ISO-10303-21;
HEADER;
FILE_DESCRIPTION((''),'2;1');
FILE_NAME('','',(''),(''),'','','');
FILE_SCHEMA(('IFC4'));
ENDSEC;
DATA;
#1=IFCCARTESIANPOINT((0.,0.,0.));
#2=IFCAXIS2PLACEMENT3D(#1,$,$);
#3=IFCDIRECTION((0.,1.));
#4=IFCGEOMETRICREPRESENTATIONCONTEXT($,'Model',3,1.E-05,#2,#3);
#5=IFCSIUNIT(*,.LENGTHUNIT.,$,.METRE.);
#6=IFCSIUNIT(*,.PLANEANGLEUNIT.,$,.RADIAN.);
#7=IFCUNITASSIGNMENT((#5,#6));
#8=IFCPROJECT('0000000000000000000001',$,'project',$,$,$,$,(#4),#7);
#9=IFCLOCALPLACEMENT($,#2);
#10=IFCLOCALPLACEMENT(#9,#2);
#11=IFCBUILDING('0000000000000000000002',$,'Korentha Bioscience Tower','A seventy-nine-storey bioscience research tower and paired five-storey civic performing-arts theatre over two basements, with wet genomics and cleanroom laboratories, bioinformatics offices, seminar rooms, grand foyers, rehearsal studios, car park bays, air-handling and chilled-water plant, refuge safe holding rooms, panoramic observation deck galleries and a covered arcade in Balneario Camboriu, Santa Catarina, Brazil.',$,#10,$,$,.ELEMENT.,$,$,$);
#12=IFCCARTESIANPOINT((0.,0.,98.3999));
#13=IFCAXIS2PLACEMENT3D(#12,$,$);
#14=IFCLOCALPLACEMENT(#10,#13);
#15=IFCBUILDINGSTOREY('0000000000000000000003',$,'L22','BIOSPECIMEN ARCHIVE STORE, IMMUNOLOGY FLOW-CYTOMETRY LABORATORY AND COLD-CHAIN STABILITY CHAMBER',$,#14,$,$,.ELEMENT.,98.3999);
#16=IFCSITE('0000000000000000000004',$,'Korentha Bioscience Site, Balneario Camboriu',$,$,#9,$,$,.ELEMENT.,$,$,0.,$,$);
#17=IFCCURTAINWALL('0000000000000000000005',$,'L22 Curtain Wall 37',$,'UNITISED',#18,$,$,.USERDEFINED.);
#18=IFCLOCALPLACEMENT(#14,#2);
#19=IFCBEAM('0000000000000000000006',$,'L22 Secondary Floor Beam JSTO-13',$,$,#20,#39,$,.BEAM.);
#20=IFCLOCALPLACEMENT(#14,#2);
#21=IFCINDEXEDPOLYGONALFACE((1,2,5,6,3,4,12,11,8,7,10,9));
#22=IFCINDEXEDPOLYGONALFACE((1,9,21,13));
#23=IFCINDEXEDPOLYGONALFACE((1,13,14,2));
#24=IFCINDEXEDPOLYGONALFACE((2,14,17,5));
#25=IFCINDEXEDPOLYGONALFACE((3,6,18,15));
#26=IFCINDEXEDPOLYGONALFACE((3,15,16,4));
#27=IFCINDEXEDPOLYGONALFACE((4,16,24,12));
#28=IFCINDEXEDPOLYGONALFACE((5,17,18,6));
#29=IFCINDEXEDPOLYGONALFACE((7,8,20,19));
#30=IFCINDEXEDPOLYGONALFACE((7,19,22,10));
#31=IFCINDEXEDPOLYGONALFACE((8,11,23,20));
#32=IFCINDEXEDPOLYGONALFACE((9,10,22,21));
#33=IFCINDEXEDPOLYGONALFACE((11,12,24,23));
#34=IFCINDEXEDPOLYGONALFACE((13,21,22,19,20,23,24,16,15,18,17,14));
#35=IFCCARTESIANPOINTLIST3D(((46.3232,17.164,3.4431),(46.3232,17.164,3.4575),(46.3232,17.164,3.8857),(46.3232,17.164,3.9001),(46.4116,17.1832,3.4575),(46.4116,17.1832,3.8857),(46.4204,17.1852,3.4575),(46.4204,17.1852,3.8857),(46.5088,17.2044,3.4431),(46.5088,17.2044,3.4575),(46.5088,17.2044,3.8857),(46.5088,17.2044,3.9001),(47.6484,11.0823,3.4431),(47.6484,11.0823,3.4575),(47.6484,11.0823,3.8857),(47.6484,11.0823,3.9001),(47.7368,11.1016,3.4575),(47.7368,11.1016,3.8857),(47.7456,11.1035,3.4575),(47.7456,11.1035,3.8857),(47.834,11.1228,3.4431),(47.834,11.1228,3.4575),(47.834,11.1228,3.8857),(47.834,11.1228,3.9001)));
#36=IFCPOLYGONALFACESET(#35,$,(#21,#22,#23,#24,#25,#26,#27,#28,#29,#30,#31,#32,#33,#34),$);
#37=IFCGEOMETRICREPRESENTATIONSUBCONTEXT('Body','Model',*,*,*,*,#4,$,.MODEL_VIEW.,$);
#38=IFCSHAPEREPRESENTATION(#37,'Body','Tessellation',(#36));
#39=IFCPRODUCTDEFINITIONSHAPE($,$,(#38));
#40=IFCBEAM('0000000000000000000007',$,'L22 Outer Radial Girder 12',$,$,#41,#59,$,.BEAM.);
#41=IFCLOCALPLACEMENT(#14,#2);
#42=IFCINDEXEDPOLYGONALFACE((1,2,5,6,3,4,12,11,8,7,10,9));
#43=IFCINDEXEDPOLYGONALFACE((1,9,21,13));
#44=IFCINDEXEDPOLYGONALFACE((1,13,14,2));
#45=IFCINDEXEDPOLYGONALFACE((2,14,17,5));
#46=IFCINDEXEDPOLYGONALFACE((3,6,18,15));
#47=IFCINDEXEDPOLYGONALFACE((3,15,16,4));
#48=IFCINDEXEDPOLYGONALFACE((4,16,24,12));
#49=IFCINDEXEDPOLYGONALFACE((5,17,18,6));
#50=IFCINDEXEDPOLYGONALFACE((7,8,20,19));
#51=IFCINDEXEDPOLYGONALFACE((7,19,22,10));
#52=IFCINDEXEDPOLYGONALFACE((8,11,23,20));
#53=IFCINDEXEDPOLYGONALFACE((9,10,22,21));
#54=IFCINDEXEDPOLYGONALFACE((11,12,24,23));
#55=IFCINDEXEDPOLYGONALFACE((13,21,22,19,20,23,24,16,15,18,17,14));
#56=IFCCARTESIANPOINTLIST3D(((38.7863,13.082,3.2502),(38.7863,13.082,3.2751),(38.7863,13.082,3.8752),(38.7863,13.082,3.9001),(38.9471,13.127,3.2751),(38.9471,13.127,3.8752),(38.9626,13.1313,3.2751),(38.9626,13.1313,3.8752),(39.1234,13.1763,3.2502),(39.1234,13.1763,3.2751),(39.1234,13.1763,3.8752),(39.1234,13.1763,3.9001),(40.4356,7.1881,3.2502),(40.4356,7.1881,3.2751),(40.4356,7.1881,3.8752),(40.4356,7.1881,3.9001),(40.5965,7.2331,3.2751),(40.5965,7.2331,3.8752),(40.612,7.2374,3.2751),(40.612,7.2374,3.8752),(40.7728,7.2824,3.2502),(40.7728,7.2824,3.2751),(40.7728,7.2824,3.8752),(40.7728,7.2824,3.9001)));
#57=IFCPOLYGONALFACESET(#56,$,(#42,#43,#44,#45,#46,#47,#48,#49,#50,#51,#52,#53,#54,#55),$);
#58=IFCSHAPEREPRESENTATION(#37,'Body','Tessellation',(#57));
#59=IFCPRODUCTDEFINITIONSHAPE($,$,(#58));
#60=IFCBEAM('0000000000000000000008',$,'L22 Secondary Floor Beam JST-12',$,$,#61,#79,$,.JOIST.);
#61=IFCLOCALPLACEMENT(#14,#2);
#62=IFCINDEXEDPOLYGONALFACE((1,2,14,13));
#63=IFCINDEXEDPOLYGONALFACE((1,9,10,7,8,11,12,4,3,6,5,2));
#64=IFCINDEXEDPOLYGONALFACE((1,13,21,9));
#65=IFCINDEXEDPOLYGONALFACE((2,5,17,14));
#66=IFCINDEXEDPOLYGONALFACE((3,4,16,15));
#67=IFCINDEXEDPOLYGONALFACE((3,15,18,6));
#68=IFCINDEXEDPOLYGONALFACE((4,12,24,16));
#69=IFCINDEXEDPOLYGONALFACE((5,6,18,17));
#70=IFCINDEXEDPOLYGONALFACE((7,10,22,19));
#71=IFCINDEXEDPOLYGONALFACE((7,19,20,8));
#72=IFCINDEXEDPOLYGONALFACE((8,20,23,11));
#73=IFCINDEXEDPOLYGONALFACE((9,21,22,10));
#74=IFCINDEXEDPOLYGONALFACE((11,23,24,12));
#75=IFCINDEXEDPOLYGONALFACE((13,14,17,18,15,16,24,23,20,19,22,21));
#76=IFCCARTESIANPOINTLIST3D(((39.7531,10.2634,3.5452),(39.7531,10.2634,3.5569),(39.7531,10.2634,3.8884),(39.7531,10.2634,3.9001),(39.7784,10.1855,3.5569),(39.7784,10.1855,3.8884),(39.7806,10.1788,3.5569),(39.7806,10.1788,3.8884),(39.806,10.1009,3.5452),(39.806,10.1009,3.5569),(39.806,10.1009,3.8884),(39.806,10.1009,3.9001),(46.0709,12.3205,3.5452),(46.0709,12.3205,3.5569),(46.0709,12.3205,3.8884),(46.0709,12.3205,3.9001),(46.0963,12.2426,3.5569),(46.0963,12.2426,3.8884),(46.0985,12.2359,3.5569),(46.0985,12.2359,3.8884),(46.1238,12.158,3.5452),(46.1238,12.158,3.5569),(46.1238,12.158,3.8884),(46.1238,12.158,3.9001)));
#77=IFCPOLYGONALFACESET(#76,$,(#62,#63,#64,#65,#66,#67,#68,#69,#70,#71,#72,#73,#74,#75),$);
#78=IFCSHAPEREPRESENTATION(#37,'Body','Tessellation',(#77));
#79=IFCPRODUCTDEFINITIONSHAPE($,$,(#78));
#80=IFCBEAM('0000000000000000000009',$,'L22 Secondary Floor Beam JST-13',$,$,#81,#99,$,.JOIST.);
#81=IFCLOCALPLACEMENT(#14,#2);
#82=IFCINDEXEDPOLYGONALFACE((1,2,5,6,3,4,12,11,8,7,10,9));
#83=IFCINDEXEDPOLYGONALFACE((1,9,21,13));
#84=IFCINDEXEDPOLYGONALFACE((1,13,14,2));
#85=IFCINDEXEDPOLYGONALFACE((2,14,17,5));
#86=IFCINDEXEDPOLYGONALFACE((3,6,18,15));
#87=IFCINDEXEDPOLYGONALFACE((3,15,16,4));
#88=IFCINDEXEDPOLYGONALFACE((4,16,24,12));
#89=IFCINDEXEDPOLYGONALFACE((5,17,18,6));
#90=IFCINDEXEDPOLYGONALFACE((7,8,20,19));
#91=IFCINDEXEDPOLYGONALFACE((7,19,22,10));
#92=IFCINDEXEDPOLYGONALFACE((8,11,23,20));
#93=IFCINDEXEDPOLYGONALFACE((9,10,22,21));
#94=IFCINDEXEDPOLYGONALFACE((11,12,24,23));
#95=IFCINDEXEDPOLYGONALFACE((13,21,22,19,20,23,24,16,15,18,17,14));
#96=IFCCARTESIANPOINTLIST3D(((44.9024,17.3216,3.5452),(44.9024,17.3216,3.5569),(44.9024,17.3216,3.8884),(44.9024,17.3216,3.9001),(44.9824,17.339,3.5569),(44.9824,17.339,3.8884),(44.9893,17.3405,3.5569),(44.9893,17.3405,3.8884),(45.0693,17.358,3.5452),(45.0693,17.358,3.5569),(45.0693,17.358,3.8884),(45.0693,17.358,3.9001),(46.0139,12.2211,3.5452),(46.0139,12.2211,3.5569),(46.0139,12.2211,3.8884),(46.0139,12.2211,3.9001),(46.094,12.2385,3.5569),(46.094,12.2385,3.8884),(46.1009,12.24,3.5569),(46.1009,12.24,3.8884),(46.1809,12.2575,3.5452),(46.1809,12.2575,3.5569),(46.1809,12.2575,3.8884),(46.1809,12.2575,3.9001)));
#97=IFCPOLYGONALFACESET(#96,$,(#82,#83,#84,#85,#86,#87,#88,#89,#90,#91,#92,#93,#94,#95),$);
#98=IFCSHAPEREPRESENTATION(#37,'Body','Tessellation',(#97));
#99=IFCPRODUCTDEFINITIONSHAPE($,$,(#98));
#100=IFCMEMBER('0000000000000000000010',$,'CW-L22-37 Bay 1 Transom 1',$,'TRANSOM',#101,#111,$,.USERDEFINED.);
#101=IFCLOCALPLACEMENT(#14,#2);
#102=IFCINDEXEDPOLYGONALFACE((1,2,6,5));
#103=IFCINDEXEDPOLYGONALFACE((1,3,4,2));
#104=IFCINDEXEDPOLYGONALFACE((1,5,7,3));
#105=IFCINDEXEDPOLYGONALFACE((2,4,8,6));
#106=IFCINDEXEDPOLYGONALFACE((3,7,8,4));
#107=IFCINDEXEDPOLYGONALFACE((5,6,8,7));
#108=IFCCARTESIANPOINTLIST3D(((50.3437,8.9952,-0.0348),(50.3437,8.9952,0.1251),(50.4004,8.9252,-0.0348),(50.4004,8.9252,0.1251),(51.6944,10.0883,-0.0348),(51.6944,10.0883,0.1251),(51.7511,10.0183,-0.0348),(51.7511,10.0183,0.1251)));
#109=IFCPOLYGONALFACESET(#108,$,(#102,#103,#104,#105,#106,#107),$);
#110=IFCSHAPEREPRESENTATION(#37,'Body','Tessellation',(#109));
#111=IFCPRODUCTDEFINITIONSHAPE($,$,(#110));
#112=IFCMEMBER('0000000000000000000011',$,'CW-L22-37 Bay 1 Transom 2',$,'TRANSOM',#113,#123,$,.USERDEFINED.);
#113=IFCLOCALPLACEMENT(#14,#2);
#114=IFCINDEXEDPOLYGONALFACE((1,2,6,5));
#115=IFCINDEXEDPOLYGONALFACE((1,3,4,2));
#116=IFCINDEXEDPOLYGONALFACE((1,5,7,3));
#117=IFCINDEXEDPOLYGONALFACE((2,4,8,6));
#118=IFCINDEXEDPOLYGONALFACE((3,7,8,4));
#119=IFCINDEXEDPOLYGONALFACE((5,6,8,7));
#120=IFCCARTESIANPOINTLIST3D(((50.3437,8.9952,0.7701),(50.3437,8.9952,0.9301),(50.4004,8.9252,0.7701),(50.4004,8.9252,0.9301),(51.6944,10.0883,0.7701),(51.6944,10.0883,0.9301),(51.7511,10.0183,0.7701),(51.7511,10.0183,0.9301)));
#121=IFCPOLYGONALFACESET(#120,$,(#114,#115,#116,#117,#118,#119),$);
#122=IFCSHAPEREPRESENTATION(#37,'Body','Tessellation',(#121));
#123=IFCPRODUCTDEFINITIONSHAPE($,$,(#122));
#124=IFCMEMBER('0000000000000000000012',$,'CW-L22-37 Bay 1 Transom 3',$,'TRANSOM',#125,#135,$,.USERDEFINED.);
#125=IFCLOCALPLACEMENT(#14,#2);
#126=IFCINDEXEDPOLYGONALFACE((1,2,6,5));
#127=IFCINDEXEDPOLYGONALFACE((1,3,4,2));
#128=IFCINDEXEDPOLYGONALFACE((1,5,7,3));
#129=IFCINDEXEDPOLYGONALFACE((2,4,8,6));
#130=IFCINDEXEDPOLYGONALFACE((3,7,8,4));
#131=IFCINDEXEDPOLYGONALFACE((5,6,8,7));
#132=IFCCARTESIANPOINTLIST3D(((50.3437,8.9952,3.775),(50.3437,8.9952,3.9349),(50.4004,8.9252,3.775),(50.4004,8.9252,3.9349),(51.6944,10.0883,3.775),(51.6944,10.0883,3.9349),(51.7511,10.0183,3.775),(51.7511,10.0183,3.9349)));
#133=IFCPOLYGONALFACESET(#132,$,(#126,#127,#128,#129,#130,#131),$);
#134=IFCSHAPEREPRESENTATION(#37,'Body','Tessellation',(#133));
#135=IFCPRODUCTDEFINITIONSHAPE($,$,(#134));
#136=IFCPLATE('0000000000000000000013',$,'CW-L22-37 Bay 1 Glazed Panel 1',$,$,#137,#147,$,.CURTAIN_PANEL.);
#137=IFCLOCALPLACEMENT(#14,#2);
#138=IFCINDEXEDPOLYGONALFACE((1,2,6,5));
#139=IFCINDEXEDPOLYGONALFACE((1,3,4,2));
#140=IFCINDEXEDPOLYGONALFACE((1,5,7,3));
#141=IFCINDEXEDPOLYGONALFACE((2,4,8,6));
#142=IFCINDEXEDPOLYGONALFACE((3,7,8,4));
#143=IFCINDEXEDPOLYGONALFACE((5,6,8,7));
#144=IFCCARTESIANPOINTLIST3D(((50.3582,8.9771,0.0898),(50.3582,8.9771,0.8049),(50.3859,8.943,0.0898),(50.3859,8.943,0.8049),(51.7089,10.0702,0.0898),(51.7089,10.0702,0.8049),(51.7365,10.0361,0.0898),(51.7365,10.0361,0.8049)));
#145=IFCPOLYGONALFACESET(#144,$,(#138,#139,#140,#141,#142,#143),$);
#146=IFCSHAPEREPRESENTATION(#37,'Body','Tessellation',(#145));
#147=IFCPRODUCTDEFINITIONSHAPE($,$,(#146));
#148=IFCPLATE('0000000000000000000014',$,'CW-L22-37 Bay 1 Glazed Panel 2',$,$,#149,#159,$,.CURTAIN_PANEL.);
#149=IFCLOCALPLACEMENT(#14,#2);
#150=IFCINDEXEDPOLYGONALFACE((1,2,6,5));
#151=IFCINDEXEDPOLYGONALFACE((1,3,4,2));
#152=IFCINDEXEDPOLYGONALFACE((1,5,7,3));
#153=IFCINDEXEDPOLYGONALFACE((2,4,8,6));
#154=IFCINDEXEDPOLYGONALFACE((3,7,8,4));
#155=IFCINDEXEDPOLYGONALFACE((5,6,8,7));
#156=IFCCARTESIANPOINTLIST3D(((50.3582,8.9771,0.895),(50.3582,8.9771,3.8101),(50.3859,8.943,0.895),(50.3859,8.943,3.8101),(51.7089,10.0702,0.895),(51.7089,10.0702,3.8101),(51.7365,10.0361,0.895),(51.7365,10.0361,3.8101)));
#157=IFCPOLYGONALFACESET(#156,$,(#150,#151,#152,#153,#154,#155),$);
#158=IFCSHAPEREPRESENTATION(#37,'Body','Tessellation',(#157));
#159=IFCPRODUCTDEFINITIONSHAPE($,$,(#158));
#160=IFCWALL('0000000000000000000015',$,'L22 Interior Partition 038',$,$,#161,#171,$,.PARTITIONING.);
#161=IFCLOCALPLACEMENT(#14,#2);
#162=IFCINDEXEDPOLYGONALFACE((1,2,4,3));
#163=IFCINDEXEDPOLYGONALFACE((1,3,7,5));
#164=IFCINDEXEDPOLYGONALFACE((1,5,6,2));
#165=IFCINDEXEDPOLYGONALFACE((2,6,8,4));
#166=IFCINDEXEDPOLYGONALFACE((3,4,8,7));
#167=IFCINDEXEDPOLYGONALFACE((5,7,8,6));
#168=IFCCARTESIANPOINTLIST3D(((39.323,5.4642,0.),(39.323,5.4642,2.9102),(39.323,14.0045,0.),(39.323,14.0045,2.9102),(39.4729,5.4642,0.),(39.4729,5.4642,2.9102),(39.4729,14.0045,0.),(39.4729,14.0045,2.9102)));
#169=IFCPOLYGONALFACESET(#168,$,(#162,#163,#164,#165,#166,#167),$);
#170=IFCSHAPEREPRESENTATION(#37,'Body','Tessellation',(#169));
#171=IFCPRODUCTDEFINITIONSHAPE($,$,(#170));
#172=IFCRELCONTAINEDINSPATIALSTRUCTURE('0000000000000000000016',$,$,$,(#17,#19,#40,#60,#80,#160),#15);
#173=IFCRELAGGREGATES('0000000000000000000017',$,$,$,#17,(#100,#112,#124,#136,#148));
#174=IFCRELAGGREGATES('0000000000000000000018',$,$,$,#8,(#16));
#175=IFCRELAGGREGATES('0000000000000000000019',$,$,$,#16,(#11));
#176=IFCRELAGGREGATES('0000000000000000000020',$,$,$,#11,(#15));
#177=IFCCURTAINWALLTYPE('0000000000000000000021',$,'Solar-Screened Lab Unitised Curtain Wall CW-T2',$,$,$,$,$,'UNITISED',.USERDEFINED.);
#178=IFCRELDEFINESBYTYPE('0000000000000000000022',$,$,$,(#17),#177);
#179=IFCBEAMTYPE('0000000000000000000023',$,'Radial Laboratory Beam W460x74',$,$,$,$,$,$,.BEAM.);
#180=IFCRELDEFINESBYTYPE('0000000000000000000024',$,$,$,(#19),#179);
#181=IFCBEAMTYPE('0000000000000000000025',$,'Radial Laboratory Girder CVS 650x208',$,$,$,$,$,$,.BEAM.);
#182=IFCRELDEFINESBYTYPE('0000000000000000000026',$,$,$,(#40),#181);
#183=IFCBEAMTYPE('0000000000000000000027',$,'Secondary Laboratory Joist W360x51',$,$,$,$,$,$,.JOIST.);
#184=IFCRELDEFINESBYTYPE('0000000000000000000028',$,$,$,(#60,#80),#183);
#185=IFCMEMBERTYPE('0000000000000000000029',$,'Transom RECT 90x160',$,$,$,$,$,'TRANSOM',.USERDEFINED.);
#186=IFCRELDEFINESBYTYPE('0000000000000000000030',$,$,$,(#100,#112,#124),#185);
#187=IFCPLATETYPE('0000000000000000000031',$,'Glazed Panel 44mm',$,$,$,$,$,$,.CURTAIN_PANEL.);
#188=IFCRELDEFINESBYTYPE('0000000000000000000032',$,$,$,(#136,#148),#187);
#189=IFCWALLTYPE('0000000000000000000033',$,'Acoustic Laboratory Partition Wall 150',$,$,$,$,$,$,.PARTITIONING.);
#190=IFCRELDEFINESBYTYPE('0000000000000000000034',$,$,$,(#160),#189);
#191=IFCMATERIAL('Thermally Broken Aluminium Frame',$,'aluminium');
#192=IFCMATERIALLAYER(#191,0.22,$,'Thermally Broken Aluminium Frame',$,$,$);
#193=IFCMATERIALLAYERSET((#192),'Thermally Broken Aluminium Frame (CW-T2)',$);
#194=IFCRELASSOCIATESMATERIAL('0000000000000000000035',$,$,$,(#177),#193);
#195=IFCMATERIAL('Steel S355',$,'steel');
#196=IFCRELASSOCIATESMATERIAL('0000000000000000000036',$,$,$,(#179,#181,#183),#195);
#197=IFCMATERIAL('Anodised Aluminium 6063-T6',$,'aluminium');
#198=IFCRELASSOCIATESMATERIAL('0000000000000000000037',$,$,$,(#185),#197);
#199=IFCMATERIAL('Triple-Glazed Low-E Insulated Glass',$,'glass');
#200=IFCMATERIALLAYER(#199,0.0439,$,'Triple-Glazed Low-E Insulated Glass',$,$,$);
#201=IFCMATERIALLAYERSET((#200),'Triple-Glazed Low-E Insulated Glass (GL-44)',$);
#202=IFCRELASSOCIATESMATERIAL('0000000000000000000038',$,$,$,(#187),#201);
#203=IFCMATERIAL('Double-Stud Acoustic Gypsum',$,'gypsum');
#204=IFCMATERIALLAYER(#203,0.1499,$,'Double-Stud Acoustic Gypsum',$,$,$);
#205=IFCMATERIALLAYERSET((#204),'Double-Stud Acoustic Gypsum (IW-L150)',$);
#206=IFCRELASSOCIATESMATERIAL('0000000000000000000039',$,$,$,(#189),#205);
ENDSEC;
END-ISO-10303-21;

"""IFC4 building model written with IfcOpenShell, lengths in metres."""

from ifc_helpers import new_model, si_unit, direction, frame, frame_2d, origin, origin_2d, place, context, subcontext, project, spatial, rectangle, i_section, extrude, material, layer, layer_set, material_profile, profile_set, type_object, element, aggregate, save


model = new_model("IFC4")

# Units and contexts
model_context = context("Model", 3, precision=1e-05, world=origin(), true_north=direction((0.0, 1.0)))
body_context = subcontext(model_context, "Body", "Model", "MODEL_VIEW")
ifc_project = project(units=[si_unit("LENGTHUNIT", "METRE"), si_unit("PLANEANGLEUNIT", "RADIAN")], contexts=[model_context])

# Site, building, storey
site_placement = place(None, origin())
site = spatial("IfcSite", under=ifc_project, at=site_placement, Name="Korentha Bioscience Site, Balneario Camboriu", CompositionType="ELEMENT", RefElevation=0.0)
building_placement = place(site_placement, origin())
building = spatial("IfcBuilding", under=site, at=building_placement, Name="Korentha Bioscience Tower", Description="A seventy-nine-storey bioscience research tower and paired five-storey civic performing-arts theatre over two basements, with wet genomics and cleanroom laboratories, bioinformatics offices, seminar rooms, grand foyers, rehearsal studios, car park bays, air-handling and chilled-water plant, refuge safe holding rooms, panoramic observation deck galleries and a covered arcade in Balneario Camboriu, Santa Catarina, Brazil.", CompositionType="ELEMENT")
storey_placement = place(building_placement, frame((0.0, 0.0, 98.3999)))
storey = spatial("IfcBuildingStorey", under=building, at=storey_placement, Name="L22", Description="BIOSPECIMEN ARCHIVE STORE, IMMUNOLOGY FLOW-CYTOMETRY LABORATORY AND COLD-CHAIN STABILITY CHAMBER", CompositionType="ELEMENT", Elevation=98.3999)

# Shared definitions
ifc_material_1 = material(Name="Steel S355", Category="steel")

# Curtain wall
ifc_material_2 = material(Name="Thermally Broken Aluminium Frame", Category="aluminium")
ifc_layer_1 = layer(ifc_material_2, 0.22, Name="Thermally Broken Aluminium Frame")
ifc_layer_set_1 = layer_set([ifc_layer_1], Name="Thermally Broken Aluminium Frame (CW-T2)")
curtain_wall_type = type_object("IfcCurtainWallType", Name="Solar-Screened Lab Unitised Curtain Wall CW-T2", ElementType="UNITISED", PredefinedType="USERDEFINED", material=ifc_layer_set_1)
curtain_wall_placement = place(storey_placement, origin())
curtain_wall = element("IfcCurtainWall", 1, at=curtain_wall_placement, inside=storey, type_object=curtain_wall_type, Name="L22 Curtain Wall 37", ObjectType="UNITISED", PredefinedType="USERDEFINED")
ifc_material_3 = material(Name="Anodised Aluminium 6063-T6", Category="aluminium")

# Beams
ifc_material_profile_1 = material_profile(ifc_material_1, i_section(OverallWidth=0.1899, OverallDepth=0.457, WebThickness=0.009, FlangeThickness=0.0144, at=origin_2d()), Name="Steel S355")
ifc_profile_set_1 = profile_set([ifc_material_profile_1], Name="Steel S355 (RB-460)")
beam_type_1 = type_object("IfcBeamType", Name="Radial Laboratory Beam W460x74", PredefinedType="BEAM", material=ifc_profile_set_1)
beam_1_placement = place(storey_placement, frame((47.7412, 11.1025, 3.6716), z_axis=(-0.212908, 0.977072, 0.0), x_axis=(-0.977072, -0.212908, 0.0)))
element("IfcBeam", 2, at=beam_1_placement, inside=storey, type_object=beam_type_1, Name="L22 Secondary Floor Beam JSTO-13", PredefinedType="BEAM", context=body_context, shape_type="SweptSolid", body=[
    extrude(i_section(OverallWidth=0.1899, OverallDepth=0.457, WebThickness=0.009, FlangeThickness=0.0144, at=origin_2d()), origin(), (0.0, 0.0, 1.0), 6.2244),
])
ifc_material_profile_2 = material_profile(ifc_material_1, i_section(OverallWidth=0.3501, OverallDepth=0.6499, WebThickness=0.0161, FlangeThickness=0.0249, at=origin_2d()), Name="Steel S355")
ifc_profile_set_2 = profile_set([ifc_material_profile_2], Name="Steel S355 (RB-650)")
beam_type_2 = type_object("IfcBeamType", Name="Radial Laboratory Girder CVS 650x208", PredefinedType="BEAM", material=ifc_profile_set_2)
beam_2_placement = place(storey_placement, frame((38.9548, 13.1292, 3.5752), z_axis=(0.269491, -0.963003, 0.0), x_axis=(0.963003, 0.269491, 0.0)))
element("IfcBeam", 3, at=beam_2_placement, inside=storey, type_object=beam_type_2, Name="L22 Outer Radial Girder 12", PredefinedType="BEAM", context=body_context, shape_type="SweptSolid", body=[
    extrude(i_section(OverallWidth=0.3501, OverallDepth=0.6499, WebThickness=0.0161, FlangeThickness=0.0249, at=origin_2d()), origin(), (0.0, 0.0, 1.0), 6.1204),
])
ifc_material_profile_3 = material_profile(ifc_material_1, i_section(OverallWidth=0.1709, OverallDepth=0.355, WebThickness=0.0071, FlangeThickness=0.0117, at=origin_2d()), Name="Steel S355")
ifc_profile_set_3 = profile_set([ifc_material_profile_3], Name="Steel S355 (JB-360)")
beam_type_3 = type_object("IfcBeamType", Name="Secondary Laboratory Joist W360x51", PredefinedType="JOIST", material=ifc_profile_set_3)
beam_3_placement = place(storey_placement, frame((39.7795, 10.1821, 3.7227), z_axis=(0.950865, 0.309606, 0.0), x_axis=(-0.309606, 0.950865, 0.0)))
element("IfcBeam", 4, at=beam_3_placement, inside=storey, type_object=beam_type_3, Name="L22 Secondary Floor Beam JST-12", PredefinedType="JOIST", context=body_context, shape_type="SweptSolid", body=[
    extrude(i_section(OverallWidth=0.1709, OverallDepth=0.355, WebThickness=0.0071, FlangeThickness=0.0117, at=origin_2d()), origin(), (0.0, 0.0, 1.0), 6.6443),
])
beam_4_placement = place(storey_placement, frame((46.0974, 12.2393, 3.7227), z_axis=(-0.212932, 0.977067, 0.0), x_axis=(-0.977067, -0.212932, 0.0)))
element("IfcBeam", 5, at=beam_4_placement, inside=storey, type_object=beam_type_3, Name="L22 Secondary Floor Beam JST-13", PredefinedType="JOIST", context=body_context, shape_type="SweptSolid", body=[
    extrude(i_section(OverallWidth=0.1709, OverallDepth=0.355, WebThickness=0.0071, FlangeThickness=0.0117, at=origin_2d()), origin(), (0.0, 0.0, 1.0), 5.2202),
])

# Members
ifc_material_profile_4 = material_profile(ifc_material_3, rectangle(XDim=0.0901, YDim=0.1599, at=origin_2d()), Name="Anodised Aluminium 6063-T6")
ifc_profile_set_4 = profile_set([ifc_material_profile_4], Name="Anodised Aluminium 6063-T6 (CW-TRN)")
member_type_1 = type_object("IfcMemberType", Name="Transom RECT 90x160", ElementType="TRANSOM", PredefinedType="USERDEFINED", material=ifc_profile_set_4)
member_1_placement = place(storey_placement, frame((50.3721, 8.9602, 0.0452), z_axis=(0.777333, 0.629089, 0.0), x_axis=(-0.629089, 0.777333, 0.0)))
member_1 = element("IfcMember", 6, at=member_1_placement, type_object=member_type_1, Name="CW-L22-37 Bay 1 Transom 1", ObjectType="TRANSOM", PredefinedType="USERDEFINED", context=body_context, shape_type="SweptSolid", body=[
    extrude(rectangle(XDim=0.0901, YDim=0.1599, at=origin_2d()), origin(), (0.0, 0.0, 1.0), 1.7375),
])
member_2_placement = place(storey_placement, frame((50.3721, 8.9602, 0.8501), z_axis=(0.777333, 0.629089, 0.0), x_axis=(-0.629089, 0.777333, 0.0)))
member_2 = element("IfcMember", 7, at=member_2_placement, type_object=member_type_1, Name="CW-L22-37 Bay 1 Transom 2", ObjectType="TRANSOM", PredefinedType="USERDEFINED", context=body_context, shape_type="SweptSolid", body=[
    extrude(rectangle(XDim=0.0901, YDim=0.1599, at=origin_2d()), origin(), (0.0, 0.0, 1.0), 1.7375),
])
member_3_placement = place(storey_placement, frame((50.3721, 8.9602, 3.855), z_axis=(0.777333, 0.629089, 0.0), x_axis=(-0.629089, 0.777333, 0.0)))
member_3 = element("IfcMember", 8, at=member_3_placement, type_object=member_type_1, Name="CW-L22-37 Bay 1 Transom 3", ObjectType="TRANSOM", PredefinedType="USERDEFINED", context=body_context, shape_type="SweptSolid", body=[
    extrude(rectangle(XDim=0.0901, YDim=0.1599, at=origin_2d()), origin(), (0.0, 0.0, 1.0), 1.7375),
])

# Plates
ifc_material_4 = material(Name="Triple-Glazed Low-E Insulated Glass", Category="glass")
ifc_layer_2 = layer(ifc_material_4, 0.0439, Name="Triple-Glazed Low-E Insulated Glass")
ifc_layer_set_2 = layer_set([ifc_layer_2], Name="Triple-Glazed Low-E Insulated Glass (GL-44)")
plate_type = type_object("IfcPlateType", Name="Glazed Panel 44mm", PredefinedType="CURTAIN_PANEL", material=ifc_layer_set_2)
plate_1_placement = place(storey_placement, frame((51.0474, 9.5066, 0.0898), z_axis=(0.0, 0.0, 1.0), x_axis=(0.777315, 0.629111, 0.0)))
plate_1 = element("IfcPlate", 9, at=plate_1_placement, type_object=plate_type, Name="CW-L22-37 Bay 1 Glazed Panel 1", PredefinedType="CURTAIN_PANEL", context=body_context, shape_type="SweptSolid", body=[
    extrude(rectangle(XDim=1.7375, YDim=0.0439, at=origin_2d()), origin(), (0.0, 0.0, 1.0), 0.7151),
])
plate_2_placement = place(storey_placement, frame((51.0474, 9.5066, 0.895), z_axis=(0.0, 0.0, 1.0), x_axis=(0.777315, 0.629111, 0.0)))
plate_2 = element("IfcPlate", 10, at=plate_2_placement, type_object=plate_type, Name="CW-L22-37 Bay 1 Glazed Panel 2", PredefinedType="CURTAIN_PANEL", context=body_context, shape_type="SweptSolid", body=[
    extrude(rectangle(XDim=1.7375, YDim=0.0439, at=origin_2d()), origin(), (0.0, 0.0, 1.0), 2.915),
])
aggregate(curtain_wall, [member_1, member_2, member_3, plate_1, plate_2])

# Wall
ifc_material_5 = material(Name="Double-Stud Acoustic Gypsum", Category="gypsum")
ifc_layer_3 = layer(ifc_material_5, 0.1499, Name="Double-Stud Acoustic Gypsum")
ifc_layer_set_3 = layer_set([ifc_layer_3], Name="Double-Stud Acoustic Gypsum (IW-L150)")
wall_type_1 = type_object("IfcWallType", Name="Acoustic Laboratory Partition Wall 150", PredefinedType="PARTITIONING", material=ifc_layer_set_3)
wall_1_placement = place(storey_placement, frame((39.3979, 14.0044, 0.0), z_axis=(0.0, 0.0, 1.0), x_axis=(0.0, -1.0, 0.0)))
element("IfcWall", 11, at=wall_1_placement, inside=storey, type_object=wall_type_1, Name="L22 Interior Partition 038", PredefinedType="PARTITIONING", context=body_context, shape_type="SweptSolid", body=[
    extrude(rectangle(XDim=8.5403, YDim=0.1499, at=frame_2d((4.27, 0.0))), origin(), (0.0, 0.0, 1.0), 2.9102),
])

save(model, "model.ifc")
